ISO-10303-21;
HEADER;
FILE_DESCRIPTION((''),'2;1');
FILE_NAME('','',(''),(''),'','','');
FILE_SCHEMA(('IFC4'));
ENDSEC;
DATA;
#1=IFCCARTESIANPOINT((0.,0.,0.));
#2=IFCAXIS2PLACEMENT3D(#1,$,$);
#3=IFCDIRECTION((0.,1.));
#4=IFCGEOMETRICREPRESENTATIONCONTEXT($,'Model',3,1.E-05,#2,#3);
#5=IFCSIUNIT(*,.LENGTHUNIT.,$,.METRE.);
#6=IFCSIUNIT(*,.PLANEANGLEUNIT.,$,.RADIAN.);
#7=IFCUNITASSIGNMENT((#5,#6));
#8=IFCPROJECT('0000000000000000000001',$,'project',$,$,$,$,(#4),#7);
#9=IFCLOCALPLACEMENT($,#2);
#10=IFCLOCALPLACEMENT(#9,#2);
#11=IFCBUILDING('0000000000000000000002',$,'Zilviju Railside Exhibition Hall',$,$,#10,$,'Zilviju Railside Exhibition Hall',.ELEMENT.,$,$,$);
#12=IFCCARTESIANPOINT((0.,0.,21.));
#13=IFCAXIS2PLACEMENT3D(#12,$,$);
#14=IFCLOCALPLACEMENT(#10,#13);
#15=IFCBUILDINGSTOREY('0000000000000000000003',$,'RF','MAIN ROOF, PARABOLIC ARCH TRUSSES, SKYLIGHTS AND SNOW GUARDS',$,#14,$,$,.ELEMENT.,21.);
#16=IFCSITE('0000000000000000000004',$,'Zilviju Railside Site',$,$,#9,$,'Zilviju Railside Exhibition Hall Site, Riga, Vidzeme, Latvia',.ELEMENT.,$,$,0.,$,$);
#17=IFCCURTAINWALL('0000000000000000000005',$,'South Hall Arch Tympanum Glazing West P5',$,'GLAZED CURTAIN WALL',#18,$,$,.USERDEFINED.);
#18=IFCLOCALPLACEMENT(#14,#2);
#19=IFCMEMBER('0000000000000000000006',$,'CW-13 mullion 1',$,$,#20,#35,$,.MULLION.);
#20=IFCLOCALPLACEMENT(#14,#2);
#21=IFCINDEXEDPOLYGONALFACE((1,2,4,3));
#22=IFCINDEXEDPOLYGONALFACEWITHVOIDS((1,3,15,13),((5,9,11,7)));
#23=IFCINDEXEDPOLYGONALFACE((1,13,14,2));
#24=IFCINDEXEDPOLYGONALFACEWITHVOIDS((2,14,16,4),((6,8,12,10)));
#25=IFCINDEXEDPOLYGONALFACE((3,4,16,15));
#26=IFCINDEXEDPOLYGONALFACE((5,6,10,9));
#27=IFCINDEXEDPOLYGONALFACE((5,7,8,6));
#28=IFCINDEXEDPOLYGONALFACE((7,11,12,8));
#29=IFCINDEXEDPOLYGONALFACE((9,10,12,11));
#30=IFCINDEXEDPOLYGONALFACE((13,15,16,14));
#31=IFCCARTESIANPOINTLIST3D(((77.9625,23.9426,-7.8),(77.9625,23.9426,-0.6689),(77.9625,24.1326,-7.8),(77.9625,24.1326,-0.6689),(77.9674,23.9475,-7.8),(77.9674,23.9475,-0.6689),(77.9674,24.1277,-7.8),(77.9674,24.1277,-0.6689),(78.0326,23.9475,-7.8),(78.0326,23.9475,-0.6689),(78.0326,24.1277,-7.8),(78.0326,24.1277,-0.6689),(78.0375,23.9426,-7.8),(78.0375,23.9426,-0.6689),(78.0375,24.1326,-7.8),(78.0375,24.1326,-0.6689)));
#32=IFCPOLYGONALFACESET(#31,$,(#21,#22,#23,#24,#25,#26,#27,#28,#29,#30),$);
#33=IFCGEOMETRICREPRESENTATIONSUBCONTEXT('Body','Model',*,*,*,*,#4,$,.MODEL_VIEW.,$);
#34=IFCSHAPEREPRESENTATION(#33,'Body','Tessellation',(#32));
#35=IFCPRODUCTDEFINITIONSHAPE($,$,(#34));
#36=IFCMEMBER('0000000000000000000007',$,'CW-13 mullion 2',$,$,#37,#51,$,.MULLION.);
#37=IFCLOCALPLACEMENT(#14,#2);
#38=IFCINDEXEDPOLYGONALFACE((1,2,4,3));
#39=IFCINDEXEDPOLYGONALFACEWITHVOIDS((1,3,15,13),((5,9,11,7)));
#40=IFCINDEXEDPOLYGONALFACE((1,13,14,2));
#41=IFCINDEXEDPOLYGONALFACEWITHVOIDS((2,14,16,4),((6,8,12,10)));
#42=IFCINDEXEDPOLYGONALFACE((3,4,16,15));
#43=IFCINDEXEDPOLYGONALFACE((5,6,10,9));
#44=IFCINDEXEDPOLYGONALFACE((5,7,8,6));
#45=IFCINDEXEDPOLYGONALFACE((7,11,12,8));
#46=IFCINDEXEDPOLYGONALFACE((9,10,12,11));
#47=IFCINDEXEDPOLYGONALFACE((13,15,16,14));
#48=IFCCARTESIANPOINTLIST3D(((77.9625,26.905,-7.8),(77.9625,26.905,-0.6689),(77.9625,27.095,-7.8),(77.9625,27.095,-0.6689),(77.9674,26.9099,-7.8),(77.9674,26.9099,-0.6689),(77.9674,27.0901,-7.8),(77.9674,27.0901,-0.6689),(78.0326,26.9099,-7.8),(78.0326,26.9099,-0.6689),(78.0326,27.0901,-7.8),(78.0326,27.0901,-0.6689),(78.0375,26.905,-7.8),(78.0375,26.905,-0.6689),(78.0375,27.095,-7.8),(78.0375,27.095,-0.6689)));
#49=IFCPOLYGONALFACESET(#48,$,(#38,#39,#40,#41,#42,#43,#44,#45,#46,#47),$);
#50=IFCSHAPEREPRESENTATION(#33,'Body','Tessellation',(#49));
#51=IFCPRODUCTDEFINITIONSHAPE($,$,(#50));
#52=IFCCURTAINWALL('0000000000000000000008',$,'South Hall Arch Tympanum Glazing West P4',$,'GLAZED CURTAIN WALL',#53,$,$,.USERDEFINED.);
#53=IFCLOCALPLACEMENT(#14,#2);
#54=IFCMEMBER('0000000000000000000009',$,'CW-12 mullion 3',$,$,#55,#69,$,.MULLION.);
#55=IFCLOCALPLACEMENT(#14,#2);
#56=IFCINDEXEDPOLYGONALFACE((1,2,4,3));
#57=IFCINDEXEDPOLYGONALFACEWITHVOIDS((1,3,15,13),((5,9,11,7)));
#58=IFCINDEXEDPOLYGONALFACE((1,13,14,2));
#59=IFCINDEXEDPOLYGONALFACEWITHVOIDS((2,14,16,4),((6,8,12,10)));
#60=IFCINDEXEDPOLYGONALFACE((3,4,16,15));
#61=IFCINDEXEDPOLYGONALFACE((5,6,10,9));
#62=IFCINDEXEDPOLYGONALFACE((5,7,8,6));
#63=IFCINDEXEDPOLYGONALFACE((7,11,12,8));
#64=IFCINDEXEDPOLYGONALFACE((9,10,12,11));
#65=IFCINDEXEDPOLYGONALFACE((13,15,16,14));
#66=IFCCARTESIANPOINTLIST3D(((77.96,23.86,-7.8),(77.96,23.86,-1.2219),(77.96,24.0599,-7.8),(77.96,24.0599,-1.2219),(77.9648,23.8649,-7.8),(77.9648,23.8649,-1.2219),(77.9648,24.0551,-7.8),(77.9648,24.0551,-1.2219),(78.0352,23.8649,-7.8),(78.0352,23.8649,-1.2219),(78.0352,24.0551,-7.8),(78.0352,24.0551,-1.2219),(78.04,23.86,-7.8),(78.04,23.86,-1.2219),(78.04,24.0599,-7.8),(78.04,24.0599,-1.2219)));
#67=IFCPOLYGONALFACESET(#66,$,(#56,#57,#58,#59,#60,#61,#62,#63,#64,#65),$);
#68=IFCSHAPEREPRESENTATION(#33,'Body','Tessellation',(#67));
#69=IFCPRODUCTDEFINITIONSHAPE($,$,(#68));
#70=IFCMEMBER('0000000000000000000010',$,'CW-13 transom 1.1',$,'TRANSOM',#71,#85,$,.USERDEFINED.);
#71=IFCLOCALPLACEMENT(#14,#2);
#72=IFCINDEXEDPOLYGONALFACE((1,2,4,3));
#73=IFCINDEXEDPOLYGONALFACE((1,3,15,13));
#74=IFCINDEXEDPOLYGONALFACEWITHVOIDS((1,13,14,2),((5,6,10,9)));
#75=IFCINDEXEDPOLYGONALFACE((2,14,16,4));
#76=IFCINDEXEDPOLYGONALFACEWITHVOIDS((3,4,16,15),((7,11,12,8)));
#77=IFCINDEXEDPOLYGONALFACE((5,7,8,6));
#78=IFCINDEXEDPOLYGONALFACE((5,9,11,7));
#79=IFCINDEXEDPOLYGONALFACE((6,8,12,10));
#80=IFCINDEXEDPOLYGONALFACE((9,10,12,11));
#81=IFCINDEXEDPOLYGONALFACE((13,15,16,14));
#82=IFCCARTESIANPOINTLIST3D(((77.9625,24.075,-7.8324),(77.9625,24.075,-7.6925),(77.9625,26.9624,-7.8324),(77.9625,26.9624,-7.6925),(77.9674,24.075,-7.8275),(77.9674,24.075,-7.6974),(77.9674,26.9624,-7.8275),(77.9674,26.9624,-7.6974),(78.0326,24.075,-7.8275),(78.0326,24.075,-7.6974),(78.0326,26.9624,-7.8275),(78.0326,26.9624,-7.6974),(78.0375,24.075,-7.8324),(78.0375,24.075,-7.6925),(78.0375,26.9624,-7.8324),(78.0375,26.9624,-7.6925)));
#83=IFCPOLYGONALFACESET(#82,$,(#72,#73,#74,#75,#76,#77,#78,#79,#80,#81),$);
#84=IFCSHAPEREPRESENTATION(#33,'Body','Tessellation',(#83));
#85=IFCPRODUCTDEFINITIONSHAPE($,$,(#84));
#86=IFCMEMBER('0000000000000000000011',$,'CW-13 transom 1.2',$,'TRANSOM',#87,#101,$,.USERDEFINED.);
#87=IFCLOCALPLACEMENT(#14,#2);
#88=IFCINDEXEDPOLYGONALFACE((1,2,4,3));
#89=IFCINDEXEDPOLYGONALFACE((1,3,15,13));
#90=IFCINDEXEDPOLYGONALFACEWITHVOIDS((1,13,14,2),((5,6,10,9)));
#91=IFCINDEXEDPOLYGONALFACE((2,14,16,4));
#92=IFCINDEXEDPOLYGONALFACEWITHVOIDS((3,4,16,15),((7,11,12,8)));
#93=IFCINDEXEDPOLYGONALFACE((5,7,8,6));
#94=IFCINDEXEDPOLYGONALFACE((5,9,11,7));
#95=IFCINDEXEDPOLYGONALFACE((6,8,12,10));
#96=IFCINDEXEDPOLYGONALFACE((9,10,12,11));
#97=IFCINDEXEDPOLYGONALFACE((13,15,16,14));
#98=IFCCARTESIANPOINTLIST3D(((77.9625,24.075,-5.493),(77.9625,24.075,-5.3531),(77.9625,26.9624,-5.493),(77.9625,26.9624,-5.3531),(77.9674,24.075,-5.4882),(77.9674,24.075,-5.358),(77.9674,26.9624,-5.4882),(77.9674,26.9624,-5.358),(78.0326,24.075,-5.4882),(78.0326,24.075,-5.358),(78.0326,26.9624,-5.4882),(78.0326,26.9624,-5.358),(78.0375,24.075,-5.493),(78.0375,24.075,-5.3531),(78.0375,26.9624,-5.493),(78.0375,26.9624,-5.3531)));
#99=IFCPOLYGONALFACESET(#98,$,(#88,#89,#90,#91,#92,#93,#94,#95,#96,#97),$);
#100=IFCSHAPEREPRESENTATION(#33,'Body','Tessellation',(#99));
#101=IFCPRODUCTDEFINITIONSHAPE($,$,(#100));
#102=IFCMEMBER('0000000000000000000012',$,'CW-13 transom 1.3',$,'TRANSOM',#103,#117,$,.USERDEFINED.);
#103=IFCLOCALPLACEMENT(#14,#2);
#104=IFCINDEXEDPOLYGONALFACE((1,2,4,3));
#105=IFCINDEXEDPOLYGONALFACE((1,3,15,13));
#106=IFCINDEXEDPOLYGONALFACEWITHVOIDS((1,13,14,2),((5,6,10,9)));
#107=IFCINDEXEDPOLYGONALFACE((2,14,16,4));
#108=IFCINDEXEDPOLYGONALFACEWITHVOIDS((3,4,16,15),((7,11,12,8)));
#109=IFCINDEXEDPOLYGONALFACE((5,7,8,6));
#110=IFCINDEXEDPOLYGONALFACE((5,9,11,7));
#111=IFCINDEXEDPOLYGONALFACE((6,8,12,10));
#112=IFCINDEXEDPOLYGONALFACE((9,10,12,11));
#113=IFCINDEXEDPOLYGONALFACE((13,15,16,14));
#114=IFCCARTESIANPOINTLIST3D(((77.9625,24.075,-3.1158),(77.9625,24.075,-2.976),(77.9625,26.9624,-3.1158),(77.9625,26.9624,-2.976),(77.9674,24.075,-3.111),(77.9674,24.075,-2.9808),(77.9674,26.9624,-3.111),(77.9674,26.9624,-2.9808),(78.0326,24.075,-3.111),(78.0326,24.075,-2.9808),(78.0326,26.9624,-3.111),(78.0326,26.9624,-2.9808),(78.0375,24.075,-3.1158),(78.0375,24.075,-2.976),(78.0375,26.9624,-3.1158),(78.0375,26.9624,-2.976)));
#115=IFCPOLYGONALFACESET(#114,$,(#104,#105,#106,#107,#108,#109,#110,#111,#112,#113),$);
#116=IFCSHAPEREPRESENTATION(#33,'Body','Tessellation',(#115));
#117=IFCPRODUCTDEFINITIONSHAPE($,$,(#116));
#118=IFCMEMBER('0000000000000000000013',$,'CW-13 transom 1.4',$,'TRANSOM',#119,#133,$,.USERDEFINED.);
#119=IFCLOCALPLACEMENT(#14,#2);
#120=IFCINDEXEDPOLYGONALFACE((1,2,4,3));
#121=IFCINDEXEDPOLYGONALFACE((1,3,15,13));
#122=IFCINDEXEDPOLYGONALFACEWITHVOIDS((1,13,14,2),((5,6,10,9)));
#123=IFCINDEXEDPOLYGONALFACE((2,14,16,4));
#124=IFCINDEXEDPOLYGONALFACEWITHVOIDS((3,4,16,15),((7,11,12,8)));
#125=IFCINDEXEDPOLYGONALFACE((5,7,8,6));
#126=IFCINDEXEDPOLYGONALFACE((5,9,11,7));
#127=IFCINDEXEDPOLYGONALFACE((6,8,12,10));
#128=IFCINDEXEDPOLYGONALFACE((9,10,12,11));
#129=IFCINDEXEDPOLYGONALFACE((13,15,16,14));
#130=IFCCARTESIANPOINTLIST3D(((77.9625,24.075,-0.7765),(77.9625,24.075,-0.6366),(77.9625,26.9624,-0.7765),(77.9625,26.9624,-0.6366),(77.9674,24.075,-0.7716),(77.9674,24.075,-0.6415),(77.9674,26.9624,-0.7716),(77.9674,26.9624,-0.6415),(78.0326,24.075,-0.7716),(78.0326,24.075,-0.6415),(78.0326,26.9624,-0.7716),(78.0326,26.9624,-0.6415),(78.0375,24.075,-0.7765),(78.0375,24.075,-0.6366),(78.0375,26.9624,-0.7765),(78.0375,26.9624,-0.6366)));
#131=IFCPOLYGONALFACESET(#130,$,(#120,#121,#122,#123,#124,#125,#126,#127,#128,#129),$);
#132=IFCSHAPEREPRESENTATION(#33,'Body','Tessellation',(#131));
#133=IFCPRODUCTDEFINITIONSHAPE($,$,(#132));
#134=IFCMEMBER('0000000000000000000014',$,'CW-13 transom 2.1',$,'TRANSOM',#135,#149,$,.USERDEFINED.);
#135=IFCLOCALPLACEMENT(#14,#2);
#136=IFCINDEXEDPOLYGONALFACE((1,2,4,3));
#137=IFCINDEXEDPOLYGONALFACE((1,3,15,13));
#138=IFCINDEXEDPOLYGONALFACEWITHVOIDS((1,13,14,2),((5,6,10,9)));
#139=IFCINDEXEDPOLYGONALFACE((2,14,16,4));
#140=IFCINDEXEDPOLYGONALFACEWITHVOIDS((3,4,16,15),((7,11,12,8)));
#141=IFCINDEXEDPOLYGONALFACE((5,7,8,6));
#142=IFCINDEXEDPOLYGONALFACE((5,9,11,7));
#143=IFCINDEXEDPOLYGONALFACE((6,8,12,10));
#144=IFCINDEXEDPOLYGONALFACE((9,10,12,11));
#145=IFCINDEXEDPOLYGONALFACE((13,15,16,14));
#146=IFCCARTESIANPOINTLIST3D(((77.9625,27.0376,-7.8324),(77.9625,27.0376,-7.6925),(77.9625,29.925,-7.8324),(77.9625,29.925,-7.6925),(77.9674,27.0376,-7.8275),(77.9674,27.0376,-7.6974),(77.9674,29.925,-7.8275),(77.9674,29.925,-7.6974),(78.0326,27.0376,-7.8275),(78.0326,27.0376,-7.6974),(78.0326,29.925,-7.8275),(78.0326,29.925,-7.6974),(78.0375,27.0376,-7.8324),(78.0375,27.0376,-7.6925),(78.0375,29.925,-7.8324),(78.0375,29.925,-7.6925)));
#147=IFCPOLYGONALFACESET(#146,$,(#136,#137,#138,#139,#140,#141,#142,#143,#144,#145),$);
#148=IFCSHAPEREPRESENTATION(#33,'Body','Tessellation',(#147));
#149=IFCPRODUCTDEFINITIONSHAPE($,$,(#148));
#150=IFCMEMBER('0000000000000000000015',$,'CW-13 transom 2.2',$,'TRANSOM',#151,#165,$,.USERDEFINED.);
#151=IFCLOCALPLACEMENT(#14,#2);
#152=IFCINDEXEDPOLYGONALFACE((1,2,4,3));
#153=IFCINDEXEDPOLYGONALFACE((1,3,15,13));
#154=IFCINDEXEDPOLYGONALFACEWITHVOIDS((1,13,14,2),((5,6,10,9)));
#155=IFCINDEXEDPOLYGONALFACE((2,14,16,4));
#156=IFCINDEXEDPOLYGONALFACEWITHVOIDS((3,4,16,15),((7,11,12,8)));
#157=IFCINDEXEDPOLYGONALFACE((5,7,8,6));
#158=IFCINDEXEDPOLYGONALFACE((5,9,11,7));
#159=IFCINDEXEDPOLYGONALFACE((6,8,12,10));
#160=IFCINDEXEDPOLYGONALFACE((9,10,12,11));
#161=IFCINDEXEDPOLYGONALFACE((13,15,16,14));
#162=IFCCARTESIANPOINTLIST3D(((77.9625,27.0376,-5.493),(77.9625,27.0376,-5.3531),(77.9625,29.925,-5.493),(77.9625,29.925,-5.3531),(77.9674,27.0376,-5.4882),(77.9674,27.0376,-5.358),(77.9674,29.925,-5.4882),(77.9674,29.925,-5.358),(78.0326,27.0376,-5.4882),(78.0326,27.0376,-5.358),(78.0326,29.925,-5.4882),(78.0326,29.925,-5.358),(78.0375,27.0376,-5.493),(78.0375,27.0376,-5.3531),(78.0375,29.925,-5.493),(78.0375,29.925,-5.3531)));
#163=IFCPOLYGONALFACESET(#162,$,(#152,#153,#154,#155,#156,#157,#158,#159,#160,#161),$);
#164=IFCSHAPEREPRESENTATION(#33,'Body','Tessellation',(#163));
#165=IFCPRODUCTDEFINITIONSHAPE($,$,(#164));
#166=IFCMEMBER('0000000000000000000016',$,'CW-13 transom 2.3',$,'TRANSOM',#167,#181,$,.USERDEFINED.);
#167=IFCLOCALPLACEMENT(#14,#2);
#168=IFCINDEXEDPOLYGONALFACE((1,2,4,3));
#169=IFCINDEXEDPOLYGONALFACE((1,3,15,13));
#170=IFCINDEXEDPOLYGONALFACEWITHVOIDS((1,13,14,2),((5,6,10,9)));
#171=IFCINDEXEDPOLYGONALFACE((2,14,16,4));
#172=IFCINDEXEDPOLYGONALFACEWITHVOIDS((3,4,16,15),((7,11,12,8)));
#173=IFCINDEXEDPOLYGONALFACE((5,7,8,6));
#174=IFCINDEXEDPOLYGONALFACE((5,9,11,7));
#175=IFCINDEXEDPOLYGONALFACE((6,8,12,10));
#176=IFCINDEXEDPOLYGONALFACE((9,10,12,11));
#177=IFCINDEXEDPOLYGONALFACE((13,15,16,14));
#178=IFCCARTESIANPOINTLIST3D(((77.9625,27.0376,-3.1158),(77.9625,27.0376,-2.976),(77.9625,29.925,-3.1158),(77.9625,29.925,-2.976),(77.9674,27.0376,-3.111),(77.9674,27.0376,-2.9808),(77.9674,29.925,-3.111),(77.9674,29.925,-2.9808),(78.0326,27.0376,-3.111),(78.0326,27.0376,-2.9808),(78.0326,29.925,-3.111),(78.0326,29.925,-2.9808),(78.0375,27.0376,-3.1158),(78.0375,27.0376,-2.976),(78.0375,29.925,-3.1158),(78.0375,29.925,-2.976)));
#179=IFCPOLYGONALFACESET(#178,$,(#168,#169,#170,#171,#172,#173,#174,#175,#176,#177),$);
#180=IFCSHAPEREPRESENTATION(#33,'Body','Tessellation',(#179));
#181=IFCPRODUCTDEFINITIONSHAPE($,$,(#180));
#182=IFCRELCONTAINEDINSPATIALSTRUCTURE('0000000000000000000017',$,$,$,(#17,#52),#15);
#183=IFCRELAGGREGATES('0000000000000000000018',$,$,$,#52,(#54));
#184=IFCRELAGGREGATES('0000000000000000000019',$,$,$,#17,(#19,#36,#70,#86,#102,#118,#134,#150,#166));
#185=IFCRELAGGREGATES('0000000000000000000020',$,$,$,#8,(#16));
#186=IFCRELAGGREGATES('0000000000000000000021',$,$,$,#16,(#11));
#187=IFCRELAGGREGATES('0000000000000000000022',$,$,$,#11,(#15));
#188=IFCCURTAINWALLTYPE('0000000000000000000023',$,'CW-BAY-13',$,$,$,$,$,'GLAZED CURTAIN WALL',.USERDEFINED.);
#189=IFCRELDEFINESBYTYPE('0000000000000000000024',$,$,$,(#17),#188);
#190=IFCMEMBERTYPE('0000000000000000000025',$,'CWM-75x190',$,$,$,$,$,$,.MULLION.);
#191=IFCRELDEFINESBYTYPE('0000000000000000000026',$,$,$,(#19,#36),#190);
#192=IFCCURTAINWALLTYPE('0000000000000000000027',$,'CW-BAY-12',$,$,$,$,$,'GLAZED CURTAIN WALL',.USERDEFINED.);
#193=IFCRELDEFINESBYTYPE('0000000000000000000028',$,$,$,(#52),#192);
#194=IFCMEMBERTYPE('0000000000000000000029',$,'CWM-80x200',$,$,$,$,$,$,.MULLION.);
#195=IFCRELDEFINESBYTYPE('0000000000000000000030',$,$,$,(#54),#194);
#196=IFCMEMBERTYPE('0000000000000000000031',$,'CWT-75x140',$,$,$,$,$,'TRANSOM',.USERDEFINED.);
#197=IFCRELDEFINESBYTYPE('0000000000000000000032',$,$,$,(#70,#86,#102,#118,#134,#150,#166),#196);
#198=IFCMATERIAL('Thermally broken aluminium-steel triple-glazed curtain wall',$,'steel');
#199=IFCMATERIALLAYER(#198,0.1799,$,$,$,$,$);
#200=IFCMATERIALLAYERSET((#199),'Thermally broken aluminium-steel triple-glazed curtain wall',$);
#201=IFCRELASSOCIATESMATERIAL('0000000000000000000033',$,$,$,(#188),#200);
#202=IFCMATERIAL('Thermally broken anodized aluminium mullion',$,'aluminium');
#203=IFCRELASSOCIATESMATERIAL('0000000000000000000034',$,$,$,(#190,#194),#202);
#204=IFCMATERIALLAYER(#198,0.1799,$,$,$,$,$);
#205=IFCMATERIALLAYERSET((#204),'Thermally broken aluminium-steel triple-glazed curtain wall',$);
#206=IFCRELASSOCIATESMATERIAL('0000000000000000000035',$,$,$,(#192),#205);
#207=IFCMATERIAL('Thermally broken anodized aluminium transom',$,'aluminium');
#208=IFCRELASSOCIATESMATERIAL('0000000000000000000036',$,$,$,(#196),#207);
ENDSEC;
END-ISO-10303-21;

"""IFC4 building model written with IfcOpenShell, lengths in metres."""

from ifc_helpers import new_model, si_unit, direction, frame, origin, origin_2d, place, context, subcontext, project, spatial, hollow_rectangle, extrude, material, layer, layer_set, material_profile, profile_set, type_object, element, aggregate, save


model = new_model("IFC4")

# Units and contexts
model_context = context("Model", 3, precision=1e-05, world=origin(), true_north=direction((0.0, 1.0)))
body_context = subcontext(model_context, "Body", "Model", "MODEL_VIEW")
ifc_project = project(units=[si_unit("LENGTHUNIT", "METRE"), si_unit("PLANEANGLEUNIT", "RADIAN")], contexts=[model_context])

# Site, building, storey
site_placement = place(None, origin())
site = spatial("IfcSite", under=ifc_project, at=site_placement, Name="Zilviju Railside Site", LongName="Zilviju Railside Exhibition Hall Site, Riga, Vidzeme, Latvia", CompositionType="ELEMENT", RefElevation=0.0)
building_placement = place(site_placement, origin())
building = spatial("IfcBuilding", under=site, at=building_placement, Name="Zilviju Railside Exhibition Hall", LongName="Zilviju Railside Exhibition Hall", CompositionType="ELEMENT")
storey_placement = place(building_placement, frame((0.0, 0.0, 21.0)))
storey = spatial("IfcBuildingStorey", under=building, at=storey_placement, Name="RF", Description="MAIN ROOF, PARABOLIC ARCH TRUSSES, SKYLIGHTS AND SNOW GUARDS", CompositionType="ELEMENT", Elevation=21.0)

# Curtain wall, members
ifc_material_1 = material(Name="Thermally broken aluminium-steel triple-glazed curtain wall", Category="steel")
ifc_layer_1 = layer(ifc_material_1, 0.1799)
ifc_layer_set_1 = layer_set([ifc_layer_1], Name="Thermally broken aluminium-steel triple-glazed curtain wall")
curtain_wall_type_1 = type_object("IfcCurtainWallType", Name="CW-BAY-13", ElementType="GLAZED CURTAIN WALL", PredefinedType="USERDEFINED", material=ifc_layer_set_1)
curtain_wall_1_placement = place(storey_placement, origin())
curtain_wall_1 = element("IfcCurtainWall", 1, at=curtain_wall_1_placement, inside=storey, type_object=curtain_wall_type_1, Name="South Hall Arch Tympanum Glazing West P5", ObjectType="GLAZED CURTAIN WALL", PredefinedType="USERDEFINED")
ifc_material_2 = material(Name="Thermally broken anodized aluminium mullion", Category="aluminium")
ifc_material_profile_1 = material_profile(ifc_material_2, hollow_rectangle(XDim=0.075, YDim=0.1899, WallThickness=0.0049, at=origin_2d()), Name="MULLION 190x75x5")
ifc_profile_set_1 = profile_set([ifc_material_profile_1], Name="Thermally broken anodized aluminium mullion")
member_type_1 = type_object("IfcMemberType", Name="CWM-75x190", PredefinedType="MULLION", material=ifc_profile_set_1)
member_1_placement = place(storey_placement, frame((78.0, 24.0376, -7.8), z_axis=(0.0, 0.0, 1.0), x_axis=(-1.0, 0.0, 0.0)))
member_1 = element("IfcMember", 2, at=member_1_placement, type_object=member_type_1, Name="CW-13 mullion 1", PredefinedType="MULLION", context=body_context, shape_type="SweptSolid", body=[
    extrude(hollow_rectangle(XDim=0.075, YDim=0.1899, WallThickness=0.0049, at=origin_2d()), origin(), (0.0, 0.0, 1.0), 7.1311),
])
member_2_placement = place(storey_placement, frame((78.0, 27.0, -7.8), z_axis=(0.0, 0.0, 1.0), x_axis=(-1.0, 0.0, 0.0)))
member_2 = element("IfcMember", 3, at=member_2_placement, type_object=member_type_1, Name="CW-13 mullion 2", PredefinedType="MULLION", context=body_context, shape_type="SweptSolid", body=[
    extrude(hollow_rectangle(XDim=0.075, YDim=0.1899, WallThickness=0.0049, at=origin_2d()), origin(), (0.0, 0.0, 1.0), 7.1311),
])

# Curtain wall, member
ifc_layer_2 = layer(ifc_material_1, 0.1799)
ifc_layer_set_2 = layer_set([ifc_layer_2], Name="Thermally broken aluminium-steel triple-glazed curtain wall")
curtain_wall_type_2 = type_object("IfcCurtainWallType", Name="CW-BAY-12", ElementType="GLAZED CURTAIN WALL", PredefinedType="USERDEFINED", material=ifc_layer_set_2)
curtain_wall_2_placement = place(storey_placement, origin())
curtain_wall_2 = element("IfcCurtainWall", 4, at=curtain_wall_2_placement, inside=storey, type_object=curtain_wall_type_2, Name="South Hall Arch Tympanum Glazing West P4", ObjectType="GLAZED CURTAIN WALL", PredefinedType="USERDEFINED")
ifc_material_profile_2 = material_profile(ifc_material_2, hollow_rectangle(XDim=0.0801, YDim=0.2, WallThickness=0.0049, at=origin_2d()), Name="MULLION 200x80x5")
ifc_profile_set_2 = profile_set([ifc_material_profile_2], Name="Thermally broken anodized aluminium mullion")
member_type_2 = type_object("IfcMemberType", Name="CWM-80x200", PredefinedType="MULLION", material=ifc_profile_set_2)
member_3_placement = place(storey_placement, frame((78.0, 23.96, -7.8), z_axis=(0.0, 0.0, 1.0), x_axis=(-1.0, 0.0, 0.0)))
member_3 = element("IfcMember", 5, at=member_3_placement, type_object=member_type_2, Name="CW-12 mullion 3", PredefinedType="MULLION", context=body_context, shape_type="SweptSolid", body=[
    extrude(hollow_rectangle(XDim=0.0801, YDim=0.2, WallThickness=0.0049, at=origin_2d()), origin(), (0.0, 0.0, 1.0), 6.5781),
])

# Members
ifc_material_3 = material(Name="Thermally broken anodized aluminium transom", Category="aluminium")
ifc_material_profile_3 = material_profile(ifc_material_3, hollow_rectangle(XDim=0.075, YDim=0.1399, WallThickness=0.0049, at=origin_2d()), Name="TRANSOM 140x75x5")
ifc_profile_set_3 = profile_set([ifc_material_profile_3], Name="Thermally broken anodized aluminium transom")
member_type_3 = type_object("IfcMemberType", Name="CWT-75x140", ElementType="TRANSOM", PredefinedType="USERDEFINED", material=ifc_profile_set_3)
member_4_placement = place(storey_placement, frame((78.0, 24.075, -7.7625), z_axis=(0.0, 1.0, 0.0), x_axis=(-1.0, 0.0, 0.0)))
member_4 = element("IfcMember", 6, at=member_4_placement, type_object=member_type_3, Name="CW-13 transom 1.1", ObjectType="TRANSOM", PredefinedType="USERDEFINED", context=body_context, shape_type="SweptSolid", body=[
    extrude(hollow_rectangle(XDim=0.075, YDim=0.1399, WallThickness=0.0049, at=origin_2d()), origin(), (0.0, 0.0, 1.0), 2.8875),
])
member_5_placement = place(storey_placement, frame((78.0, 24.075, -5.4231), z_axis=(0.0, 1.0, 0.0), x_axis=(-1.0, 0.0, 0.0)))
member_5 = element("IfcMember", 7, at=member_5_placement, type_object=member_type_3, Name="CW-13 transom 1.2", ObjectType="TRANSOM", PredefinedType="USERDEFINED", context=body_context, shape_type="SweptSolid", body=[
    extrude(hollow_rectangle(XDim=0.075, YDim=0.1399, WallThickness=0.0049, at=origin_2d()), origin(), (0.0, 0.0, 1.0), 2.8875),
])
member_6_placement = place(storey_placement, frame((78.0, 24.075, -3.0459), z_axis=(0.0, 1.0, 0.0), x_axis=(-1.0, 0.0, 0.0)))
member_6 = element("IfcMember", 8, at=member_6_placement, type_object=member_type_3, Name="CW-13 transom 1.3", ObjectType="TRANSOM", PredefinedType="USERDEFINED", context=body_context, shape_type="SweptSolid", body=[
    extrude(hollow_rectangle(XDim=0.075, YDim=0.1399, WallThickness=0.0049, at=origin_2d()), origin(), (0.0, 0.0, 1.0), 2.8875),
])
member_7_placement = place(storey_placement, frame((78.0, 24.075, -0.7065), z_axis=(0.0, 1.0, 0.0), x_axis=(-1.0, 0.0, 0.0)))
member_7 = element("IfcMember", 9, at=member_7_placement, type_object=member_type_3, Name="CW-13 transom 1.4", ObjectType="TRANSOM", PredefinedType="USERDEFINED", context=body_context, shape_type="SweptSolid", body=[
    extrude(hollow_rectangle(XDim=0.075, YDim=0.1399, WallThickness=0.0049, at=origin_2d()), origin(), (0.0, 0.0, 1.0), 2.8875),
])
member_8_placement = place(storey_placement, frame((78.0, 27.0376, -7.7625), z_axis=(0.0, 1.0, 0.0), x_axis=(-1.0, 0.0, 0.0)))
member_8 = element("IfcMember", 10, at=member_8_placement, type_object=member_type_3, Name="CW-13 transom 2.1", ObjectType="TRANSOM", PredefinedType="USERDEFINED", context=body_context, shape_type="SweptSolid", body=[
    extrude(hollow_rectangle(XDim=0.075, YDim=0.1399, WallThickness=0.0049, at=origin_2d()), origin(), (0.0, 0.0, 1.0), 2.8875),
])
member_9_placement = place(storey_placement, frame((78.0, 27.0376, -5.4231), z_axis=(0.0, 1.0, 0.0), x_axis=(-1.0, 0.0, 0.0)))
member_9 = element("IfcMember", 11, at=member_9_placement, type_object=member_type_3, Name="CW-13 transom 2.2", ObjectType="TRANSOM", PredefinedType="USERDEFINED", context=body_context, shape_type="SweptSolid", body=[
    extrude(hollow_rectangle(XDim=0.075, YDim=0.1399, WallThickness=0.0049, at=origin_2d()), origin(), (0.0, 0.0, 1.0), 2.8875),
])
member_10_placement = place(storey_placement, frame((78.0, 27.0376, -3.0459), z_axis=(0.0, 1.0, 0.0), x_axis=(-1.0, 0.0, 0.0)))
member_10 = element("IfcMember", 12, at=member_10_placement, type_object=member_type_3, Name="CW-13 transom 2.3", ObjectType="TRANSOM", PredefinedType="USERDEFINED", context=body_context, shape_type="SweptSolid", body=[
    extrude(hollow_rectangle(XDim=0.075, YDim=0.1399, WallThickness=0.0049, at=origin_2d()), origin(), (0.0, 0.0, 1.0), 2.8875),
])

aggregate(curtain_wall_2, [member_3])
aggregate(curtain_wall_1, [member_1, member_2, member_4, member_5, member_6, member_7, member_8, member_9, member_10])

save(model, "model.ifc")
